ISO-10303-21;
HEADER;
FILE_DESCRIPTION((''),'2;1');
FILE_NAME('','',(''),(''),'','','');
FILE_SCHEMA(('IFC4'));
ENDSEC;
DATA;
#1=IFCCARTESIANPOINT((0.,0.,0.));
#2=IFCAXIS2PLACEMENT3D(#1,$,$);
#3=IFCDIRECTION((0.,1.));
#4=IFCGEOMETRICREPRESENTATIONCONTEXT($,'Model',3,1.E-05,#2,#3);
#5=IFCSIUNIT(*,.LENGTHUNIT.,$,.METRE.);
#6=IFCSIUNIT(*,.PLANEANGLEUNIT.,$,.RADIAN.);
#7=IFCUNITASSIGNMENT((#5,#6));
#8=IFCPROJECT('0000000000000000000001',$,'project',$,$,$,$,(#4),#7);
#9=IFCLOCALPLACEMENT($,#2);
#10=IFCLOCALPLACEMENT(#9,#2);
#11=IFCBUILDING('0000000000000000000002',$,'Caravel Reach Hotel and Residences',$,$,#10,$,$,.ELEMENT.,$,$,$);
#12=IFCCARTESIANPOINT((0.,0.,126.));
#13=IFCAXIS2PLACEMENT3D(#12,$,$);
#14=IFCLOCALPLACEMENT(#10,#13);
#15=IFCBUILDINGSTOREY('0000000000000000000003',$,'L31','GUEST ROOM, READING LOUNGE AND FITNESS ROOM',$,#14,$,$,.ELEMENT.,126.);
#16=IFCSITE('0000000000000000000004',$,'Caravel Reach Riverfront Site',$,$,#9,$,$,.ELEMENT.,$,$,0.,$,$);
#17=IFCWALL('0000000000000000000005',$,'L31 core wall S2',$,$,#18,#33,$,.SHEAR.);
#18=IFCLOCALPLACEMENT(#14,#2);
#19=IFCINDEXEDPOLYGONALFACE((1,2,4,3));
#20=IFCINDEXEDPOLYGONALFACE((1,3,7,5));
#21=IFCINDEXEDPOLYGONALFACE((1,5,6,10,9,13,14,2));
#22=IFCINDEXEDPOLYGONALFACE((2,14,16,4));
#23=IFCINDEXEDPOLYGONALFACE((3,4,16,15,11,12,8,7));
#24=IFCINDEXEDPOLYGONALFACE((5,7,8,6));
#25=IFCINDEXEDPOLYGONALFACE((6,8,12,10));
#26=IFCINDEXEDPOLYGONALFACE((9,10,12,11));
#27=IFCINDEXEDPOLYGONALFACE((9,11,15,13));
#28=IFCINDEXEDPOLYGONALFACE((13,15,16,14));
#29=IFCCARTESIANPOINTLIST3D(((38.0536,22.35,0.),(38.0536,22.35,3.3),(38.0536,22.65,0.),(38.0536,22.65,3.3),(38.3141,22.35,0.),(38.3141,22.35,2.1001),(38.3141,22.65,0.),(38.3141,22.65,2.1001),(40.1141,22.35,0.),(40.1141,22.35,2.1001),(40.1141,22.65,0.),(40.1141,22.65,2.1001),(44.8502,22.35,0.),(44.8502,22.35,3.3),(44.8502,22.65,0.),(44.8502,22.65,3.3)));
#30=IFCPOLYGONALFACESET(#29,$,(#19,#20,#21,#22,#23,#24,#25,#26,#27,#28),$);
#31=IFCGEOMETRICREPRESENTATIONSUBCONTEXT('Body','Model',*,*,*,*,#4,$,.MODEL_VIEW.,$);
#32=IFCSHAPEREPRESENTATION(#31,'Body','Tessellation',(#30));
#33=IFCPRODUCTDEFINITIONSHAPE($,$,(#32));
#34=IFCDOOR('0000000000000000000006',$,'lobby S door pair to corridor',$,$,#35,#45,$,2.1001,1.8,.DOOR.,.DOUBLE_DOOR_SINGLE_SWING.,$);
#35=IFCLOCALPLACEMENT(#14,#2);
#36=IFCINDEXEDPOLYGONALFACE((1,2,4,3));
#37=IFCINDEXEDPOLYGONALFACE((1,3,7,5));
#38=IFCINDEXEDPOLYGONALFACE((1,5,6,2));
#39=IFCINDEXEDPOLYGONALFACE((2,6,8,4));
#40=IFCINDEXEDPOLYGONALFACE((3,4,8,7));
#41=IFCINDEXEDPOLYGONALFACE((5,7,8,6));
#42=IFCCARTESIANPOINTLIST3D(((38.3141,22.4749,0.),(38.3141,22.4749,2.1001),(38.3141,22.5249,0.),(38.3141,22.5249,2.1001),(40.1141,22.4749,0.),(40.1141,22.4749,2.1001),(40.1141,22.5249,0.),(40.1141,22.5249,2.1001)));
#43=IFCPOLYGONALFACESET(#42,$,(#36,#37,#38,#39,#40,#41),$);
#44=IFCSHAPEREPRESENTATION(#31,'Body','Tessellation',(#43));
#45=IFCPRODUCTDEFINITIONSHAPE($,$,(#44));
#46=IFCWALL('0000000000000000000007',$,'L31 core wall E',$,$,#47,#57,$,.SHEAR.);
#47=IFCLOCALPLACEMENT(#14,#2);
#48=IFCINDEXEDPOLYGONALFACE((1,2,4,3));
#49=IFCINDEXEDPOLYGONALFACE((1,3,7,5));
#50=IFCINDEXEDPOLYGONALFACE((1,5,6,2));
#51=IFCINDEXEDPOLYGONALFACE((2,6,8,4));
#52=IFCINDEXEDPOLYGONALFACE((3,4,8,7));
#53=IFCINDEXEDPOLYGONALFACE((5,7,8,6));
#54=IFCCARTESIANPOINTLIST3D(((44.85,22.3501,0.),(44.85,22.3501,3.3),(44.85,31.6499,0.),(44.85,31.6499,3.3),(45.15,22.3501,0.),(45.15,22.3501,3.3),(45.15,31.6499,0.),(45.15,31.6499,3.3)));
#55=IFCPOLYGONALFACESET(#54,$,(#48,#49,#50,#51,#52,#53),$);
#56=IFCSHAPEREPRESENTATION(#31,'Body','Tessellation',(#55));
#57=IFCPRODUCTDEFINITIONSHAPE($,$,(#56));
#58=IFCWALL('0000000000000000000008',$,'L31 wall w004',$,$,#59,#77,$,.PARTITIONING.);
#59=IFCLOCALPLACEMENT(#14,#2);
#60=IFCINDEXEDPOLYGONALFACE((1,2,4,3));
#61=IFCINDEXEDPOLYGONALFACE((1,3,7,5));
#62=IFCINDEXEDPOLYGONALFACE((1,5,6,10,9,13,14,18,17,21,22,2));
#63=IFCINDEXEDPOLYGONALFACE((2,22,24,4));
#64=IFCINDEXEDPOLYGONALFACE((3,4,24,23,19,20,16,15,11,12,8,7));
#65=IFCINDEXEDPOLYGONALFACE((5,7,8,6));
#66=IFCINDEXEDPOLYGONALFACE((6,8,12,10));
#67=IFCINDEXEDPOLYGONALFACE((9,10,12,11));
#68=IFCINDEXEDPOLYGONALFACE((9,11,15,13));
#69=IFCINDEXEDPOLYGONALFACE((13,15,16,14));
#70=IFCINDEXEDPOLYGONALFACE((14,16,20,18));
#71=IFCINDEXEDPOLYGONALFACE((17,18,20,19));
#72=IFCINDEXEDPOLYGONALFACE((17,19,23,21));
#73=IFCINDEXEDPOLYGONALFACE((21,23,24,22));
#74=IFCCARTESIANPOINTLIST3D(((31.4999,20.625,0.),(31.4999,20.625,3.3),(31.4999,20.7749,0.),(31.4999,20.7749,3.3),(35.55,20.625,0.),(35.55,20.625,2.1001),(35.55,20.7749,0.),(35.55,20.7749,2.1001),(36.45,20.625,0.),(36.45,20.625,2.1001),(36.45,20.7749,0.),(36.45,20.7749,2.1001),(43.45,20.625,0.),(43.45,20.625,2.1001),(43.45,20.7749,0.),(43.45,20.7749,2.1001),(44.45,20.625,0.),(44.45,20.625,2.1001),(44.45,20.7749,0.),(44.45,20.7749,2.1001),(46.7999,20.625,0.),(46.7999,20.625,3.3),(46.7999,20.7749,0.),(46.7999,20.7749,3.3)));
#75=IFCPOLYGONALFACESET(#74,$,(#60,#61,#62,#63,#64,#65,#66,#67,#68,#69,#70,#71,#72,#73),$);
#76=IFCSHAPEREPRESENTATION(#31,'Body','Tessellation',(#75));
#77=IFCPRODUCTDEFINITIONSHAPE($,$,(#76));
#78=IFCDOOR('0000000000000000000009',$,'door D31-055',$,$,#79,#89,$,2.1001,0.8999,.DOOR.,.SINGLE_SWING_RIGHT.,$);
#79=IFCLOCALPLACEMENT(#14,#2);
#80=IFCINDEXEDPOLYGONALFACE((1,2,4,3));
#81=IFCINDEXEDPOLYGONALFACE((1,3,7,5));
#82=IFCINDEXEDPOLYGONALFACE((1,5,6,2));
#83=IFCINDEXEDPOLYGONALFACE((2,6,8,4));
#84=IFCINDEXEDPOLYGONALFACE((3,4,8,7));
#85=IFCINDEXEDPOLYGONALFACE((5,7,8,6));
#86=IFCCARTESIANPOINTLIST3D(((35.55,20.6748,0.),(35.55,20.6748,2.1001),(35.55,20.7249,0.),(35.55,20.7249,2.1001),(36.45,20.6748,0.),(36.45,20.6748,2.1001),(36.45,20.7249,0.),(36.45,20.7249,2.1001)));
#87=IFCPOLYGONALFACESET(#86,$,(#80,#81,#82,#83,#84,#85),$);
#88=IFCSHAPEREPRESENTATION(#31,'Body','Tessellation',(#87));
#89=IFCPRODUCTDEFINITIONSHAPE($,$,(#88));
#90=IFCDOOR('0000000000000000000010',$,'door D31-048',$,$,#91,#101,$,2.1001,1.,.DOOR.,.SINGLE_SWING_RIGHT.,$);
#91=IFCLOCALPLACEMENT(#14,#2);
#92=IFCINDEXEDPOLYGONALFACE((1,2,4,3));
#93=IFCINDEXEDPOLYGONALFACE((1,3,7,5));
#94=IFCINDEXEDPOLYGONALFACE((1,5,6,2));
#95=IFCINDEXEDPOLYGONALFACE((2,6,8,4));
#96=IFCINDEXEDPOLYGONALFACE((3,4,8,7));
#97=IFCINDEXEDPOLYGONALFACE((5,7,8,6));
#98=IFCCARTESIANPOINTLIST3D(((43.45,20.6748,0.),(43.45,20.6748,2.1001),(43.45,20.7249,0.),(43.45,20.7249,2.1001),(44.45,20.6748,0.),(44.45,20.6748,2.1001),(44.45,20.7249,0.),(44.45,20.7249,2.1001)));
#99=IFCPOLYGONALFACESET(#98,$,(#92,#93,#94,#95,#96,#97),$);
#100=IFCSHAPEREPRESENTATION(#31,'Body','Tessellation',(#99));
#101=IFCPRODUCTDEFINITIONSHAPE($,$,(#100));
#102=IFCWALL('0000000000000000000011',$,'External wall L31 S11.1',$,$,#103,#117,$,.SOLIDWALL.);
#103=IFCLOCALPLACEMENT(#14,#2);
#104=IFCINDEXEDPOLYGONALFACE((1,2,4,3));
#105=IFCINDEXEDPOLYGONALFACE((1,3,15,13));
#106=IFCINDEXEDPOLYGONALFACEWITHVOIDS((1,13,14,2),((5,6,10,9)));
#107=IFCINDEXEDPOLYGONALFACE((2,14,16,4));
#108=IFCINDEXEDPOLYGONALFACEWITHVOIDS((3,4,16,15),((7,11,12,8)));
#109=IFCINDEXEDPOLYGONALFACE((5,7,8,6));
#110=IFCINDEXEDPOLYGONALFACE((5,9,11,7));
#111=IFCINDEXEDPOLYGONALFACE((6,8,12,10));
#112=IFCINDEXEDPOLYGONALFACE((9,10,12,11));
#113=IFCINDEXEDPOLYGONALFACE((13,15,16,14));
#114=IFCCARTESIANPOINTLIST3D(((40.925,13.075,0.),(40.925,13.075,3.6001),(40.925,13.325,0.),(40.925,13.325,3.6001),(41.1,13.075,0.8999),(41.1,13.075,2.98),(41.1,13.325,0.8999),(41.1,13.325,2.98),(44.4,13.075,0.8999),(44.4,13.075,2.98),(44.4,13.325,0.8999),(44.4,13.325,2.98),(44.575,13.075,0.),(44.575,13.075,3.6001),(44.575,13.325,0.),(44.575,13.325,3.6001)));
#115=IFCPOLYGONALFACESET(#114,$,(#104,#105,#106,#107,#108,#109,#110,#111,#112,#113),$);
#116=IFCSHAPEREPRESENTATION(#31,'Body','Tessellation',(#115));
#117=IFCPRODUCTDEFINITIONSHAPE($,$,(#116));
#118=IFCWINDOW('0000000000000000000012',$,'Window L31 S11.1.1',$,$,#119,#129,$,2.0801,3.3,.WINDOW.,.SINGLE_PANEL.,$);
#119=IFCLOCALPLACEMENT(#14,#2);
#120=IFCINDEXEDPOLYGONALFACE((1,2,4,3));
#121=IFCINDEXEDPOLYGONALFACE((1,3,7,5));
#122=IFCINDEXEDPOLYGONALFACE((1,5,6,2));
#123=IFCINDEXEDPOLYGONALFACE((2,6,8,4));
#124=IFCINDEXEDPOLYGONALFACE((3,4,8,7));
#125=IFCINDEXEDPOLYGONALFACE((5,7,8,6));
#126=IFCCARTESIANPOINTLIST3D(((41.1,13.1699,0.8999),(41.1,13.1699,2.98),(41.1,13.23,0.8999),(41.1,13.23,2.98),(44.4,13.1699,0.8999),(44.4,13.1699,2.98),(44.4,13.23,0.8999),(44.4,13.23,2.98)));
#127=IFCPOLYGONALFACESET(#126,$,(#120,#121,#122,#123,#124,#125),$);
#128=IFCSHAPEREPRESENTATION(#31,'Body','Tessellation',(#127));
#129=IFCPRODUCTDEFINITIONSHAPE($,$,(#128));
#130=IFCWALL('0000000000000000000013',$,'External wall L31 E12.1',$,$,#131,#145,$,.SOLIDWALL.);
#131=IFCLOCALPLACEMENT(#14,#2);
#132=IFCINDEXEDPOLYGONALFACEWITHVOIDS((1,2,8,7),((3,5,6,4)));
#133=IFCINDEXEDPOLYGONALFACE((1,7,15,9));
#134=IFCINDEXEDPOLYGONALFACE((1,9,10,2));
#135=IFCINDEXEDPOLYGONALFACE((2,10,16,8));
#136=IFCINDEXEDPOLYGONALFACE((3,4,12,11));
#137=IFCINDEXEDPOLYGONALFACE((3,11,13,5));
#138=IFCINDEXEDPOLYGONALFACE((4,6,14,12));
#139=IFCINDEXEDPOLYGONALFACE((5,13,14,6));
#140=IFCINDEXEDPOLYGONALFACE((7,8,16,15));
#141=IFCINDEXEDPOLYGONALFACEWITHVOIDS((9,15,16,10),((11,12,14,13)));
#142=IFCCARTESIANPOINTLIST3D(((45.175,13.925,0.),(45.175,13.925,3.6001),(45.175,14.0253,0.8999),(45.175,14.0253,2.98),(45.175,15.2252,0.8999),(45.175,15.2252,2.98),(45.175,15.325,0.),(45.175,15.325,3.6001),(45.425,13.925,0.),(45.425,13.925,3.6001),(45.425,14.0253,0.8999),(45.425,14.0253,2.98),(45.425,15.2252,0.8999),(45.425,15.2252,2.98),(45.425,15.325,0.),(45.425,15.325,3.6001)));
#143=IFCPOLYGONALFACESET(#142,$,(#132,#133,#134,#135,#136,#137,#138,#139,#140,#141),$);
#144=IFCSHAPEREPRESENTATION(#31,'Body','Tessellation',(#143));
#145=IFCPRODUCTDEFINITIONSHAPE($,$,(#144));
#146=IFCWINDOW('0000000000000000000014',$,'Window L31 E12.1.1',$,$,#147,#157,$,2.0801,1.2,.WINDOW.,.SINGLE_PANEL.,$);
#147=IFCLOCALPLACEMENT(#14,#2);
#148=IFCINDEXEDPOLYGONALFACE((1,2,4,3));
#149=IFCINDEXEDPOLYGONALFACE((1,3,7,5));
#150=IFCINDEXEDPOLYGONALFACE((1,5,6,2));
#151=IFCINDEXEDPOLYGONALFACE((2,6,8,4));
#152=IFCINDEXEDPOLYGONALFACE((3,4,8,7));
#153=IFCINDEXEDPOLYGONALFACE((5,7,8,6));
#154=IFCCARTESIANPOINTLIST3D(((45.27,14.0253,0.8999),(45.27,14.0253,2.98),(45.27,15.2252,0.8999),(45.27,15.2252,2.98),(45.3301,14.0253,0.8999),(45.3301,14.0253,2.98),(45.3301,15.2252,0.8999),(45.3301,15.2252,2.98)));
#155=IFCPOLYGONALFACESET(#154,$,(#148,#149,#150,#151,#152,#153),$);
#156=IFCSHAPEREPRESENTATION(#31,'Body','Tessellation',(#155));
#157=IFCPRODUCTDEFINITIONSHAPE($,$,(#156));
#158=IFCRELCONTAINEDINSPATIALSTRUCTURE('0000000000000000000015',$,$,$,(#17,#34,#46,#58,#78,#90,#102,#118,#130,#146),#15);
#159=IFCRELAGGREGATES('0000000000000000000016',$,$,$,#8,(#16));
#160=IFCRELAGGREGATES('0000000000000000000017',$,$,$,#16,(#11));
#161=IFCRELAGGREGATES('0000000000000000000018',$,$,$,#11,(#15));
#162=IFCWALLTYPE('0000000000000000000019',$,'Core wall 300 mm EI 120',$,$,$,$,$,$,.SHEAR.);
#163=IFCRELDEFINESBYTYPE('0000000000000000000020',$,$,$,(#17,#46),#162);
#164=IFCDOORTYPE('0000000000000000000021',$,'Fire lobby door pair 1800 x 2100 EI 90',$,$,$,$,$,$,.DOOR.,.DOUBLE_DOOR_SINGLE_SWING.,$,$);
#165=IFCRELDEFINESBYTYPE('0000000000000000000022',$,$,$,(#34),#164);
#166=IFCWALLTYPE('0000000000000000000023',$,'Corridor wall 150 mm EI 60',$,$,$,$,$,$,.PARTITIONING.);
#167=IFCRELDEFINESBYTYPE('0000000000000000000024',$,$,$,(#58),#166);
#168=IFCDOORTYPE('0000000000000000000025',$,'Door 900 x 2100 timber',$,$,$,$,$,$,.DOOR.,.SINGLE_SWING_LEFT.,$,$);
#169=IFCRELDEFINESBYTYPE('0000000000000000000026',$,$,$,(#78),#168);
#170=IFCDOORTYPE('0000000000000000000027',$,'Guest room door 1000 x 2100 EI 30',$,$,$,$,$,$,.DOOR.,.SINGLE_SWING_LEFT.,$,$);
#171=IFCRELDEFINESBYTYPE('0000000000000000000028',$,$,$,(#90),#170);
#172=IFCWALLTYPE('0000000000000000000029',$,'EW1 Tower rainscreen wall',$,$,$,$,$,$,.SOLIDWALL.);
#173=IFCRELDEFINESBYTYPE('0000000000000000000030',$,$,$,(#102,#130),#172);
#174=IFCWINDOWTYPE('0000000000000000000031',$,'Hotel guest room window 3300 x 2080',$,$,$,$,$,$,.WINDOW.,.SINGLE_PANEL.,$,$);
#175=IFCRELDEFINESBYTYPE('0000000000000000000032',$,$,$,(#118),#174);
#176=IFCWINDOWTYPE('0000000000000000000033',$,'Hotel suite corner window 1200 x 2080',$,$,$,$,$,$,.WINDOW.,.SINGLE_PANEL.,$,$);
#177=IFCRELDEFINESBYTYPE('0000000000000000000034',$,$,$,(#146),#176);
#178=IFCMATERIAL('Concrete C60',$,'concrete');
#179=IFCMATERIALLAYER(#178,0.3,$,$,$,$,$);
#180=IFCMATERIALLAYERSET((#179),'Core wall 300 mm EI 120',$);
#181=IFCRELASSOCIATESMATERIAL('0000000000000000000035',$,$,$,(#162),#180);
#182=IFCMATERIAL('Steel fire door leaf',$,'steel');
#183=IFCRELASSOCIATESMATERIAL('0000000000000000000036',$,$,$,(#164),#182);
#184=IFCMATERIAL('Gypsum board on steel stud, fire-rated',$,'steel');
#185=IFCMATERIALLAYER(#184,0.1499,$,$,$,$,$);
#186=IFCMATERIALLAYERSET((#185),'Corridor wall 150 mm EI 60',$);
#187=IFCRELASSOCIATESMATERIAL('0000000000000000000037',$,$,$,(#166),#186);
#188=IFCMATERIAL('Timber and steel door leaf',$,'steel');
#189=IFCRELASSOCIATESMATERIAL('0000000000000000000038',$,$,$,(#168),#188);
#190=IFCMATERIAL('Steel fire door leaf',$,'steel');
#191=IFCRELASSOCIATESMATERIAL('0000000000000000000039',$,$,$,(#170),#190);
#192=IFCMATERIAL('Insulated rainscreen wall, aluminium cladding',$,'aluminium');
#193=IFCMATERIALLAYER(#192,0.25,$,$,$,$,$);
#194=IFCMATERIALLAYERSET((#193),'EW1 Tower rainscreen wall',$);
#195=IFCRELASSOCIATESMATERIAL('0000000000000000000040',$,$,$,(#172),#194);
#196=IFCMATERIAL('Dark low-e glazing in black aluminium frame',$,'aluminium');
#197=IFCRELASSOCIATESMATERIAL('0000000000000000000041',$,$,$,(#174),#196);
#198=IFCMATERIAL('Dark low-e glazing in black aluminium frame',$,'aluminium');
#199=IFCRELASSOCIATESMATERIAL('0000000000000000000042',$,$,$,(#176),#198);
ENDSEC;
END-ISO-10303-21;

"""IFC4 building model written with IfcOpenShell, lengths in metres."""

from ifc_helpers import new_model, si_unit, direction, frame, frame_2d, origin, place, context, subcontext, project, spatial, rectangle, extrude, material, layer, layer_set, type_object, element, fill, save


model = new_model("IFC4")

# Units and contexts
model_context = context("Model", 3, precision=1e-05, world=origin(), true_north=direction((0.0, 1.0)))
body_context = subcontext(model_context, "Body", "Model", "MODEL_VIEW")
ifc_project = project(units=[si_unit("LENGTHUNIT", "METRE"), si_unit("PLANEANGLEUNIT", "RADIAN")], contexts=[model_context])

# Site, building, storey
site_placement = place(None, origin())
site = spatial("IfcSite", under=ifc_project, at=site_placement, Name="Caravel Reach Riverfront Site", CompositionType="ELEMENT", RefElevation=0.0)
building_placement = place(site_placement, origin())
building = spatial("IfcBuilding", under=site, at=building_placement, Name="Caravel Reach Hotel and Residences", CompositionType="ELEMENT")
storey_placement = place(building_placement, frame((0.0, 0.0, 126.0)))
storey = spatial("IfcBuildingStorey", under=building, at=storey_placement, Name="L31", Description="GUEST ROOM, READING LOUNGE AND FITNESS ROOM", CompositionType="ELEMENT", Elevation=126.0)

# Wall, opening, door
ifc_material_1 = material(Name="Concrete C60", Category="concrete")
ifc_layer_1 = layer(ifc_material_1, 0.3)
ifc_layer_set_1 = layer_set([ifc_layer_1], Name="Core wall 300 mm EI 120")
wall_type_1 = type_object("IfcWallType", Name="Core wall 300 mm EI 120", PredefinedType="SHEAR", material=ifc_layer_set_1)
wall_1_placement = place(storey_placement, frame((38.0535, 22.5, 0.0), z_axis=(0.0, 0.0, 1.0), x_axis=(1.0, 0.0, 0.0)))
wall_1 = element("IfcWall", 1, at=wall_1_placement, inside=storey, type_object=wall_type_1, Name="L31 core wall S2", PredefinedType="SHEAR", context=body_context, shape_type="SweptSolid", body=[
    extrude(rectangle(XDim=6.7966, YDim=0.3, at=frame_2d((3.3984, 0.0))), origin(), (0.0, 0.0, 1.0), 3.3),
])
opening_1_placement = place(wall_1_placement, frame((0.2607, 0.0, 0.0)))
opening_1 = element("IfcOpeningElement", 2, at=opening_1_placement, cuts=wall_1, PredefinedType="OPENING", context=body_context, shape_type="SweptSolid", body=[
    extrude(rectangle(XDim=1.8, YDim=2.1001, at=frame_2d((0.8999, 1.05))), frame((0.0, 0.1599, 0.0), z_axis=(0.0, -1.0, 0.0), x_axis=(1.0, 0.0, 0.0)), (0.0, 0.0, 1.0), 0.3201),
])
ifc_material_2 = material(Name="Steel fire door leaf", Category="steel")
door_type_1 = type_object("IfcDoorType", Name="Fire lobby door pair 1800 x 2100 EI 90", OperationType="DOUBLE_DOOR_SINGLE_SWING", PredefinedType="DOOR", material=ifc_material_2)
door_1_placement = place(opening_1_placement, origin())
door_1 = element("IfcDoor", 3, at=door_1_placement, inside=storey, type_object=door_type_1, Name="lobby S door pair to corridor", OperationType="DOUBLE_DOOR_SINGLE_SWING", OverallHeight=2.1001, OverallWidth=1.8, PredefinedType="DOOR", context=body_context, shape_type="SweptSolid", body=[
    extrude(rectangle(XDim=1.8, YDim=2.1001, at=frame_2d((0.8999, 1.05))), frame((0.0, 0.0249, 0.0), z_axis=(0.0, -1.0, 0.0), x_axis=(1.0, 0.0, 0.0)), (0.0, 0.0, 1.0), 0.05),
])
fill(opening_1, door_1)

# Wall
wall_2_placement = place(storey_placement, frame((45.0, 22.3501, 0.0), z_axis=(0.0, 0.0, 1.0), x_axis=(0.0, 1.0, 0.0)))
element("IfcWall", 4, at=wall_2_placement, inside=storey, type_object=wall_type_1, Name="L31 core wall E", PredefinedType="SHEAR", context=body_context, shape_type="SweptSolid", body=[
    extrude(rectangle(XDim=9.2998, YDim=0.3, at=frame_2d((4.6499, 0.0))), origin(), (0.0, 0.0, 1.0), 3.3),
])

# Wall, openings, doors
ifc_material_3 = material(Name="Gypsum board on steel stud, fire-rated", Category="steel")
ifc_layer_2 = layer(ifc_material_3, 0.1499)
ifc_layer_set_2 = layer_set([ifc_layer_2], Name="Corridor wall 150 mm EI 60")
wall_type_2 = type_object("IfcWallType", Name="Corridor wall 150 mm EI 60", PredefinedType="PARTITIONING", material=ifc_layer_set_2)
wall_3_placement = place(storey_placement, frame((31.5, 20.7, 0.0), z_axis=(0.0, 0.0, 1.0), x_axis=(1.0, 0.0, 0.0)))
wall_3 = element("IfcWall", 5, at=wall_3_placement, inside=storey, type_object=wall_type_2, Name="L31 wall w004", PredefinedType="PARTITIONING", context=body_context, shape_type="SweptSolid", body=[
    extrude(rectangle(XDim=15.3, YDim=0.1499, at=frame_2d((7.6499, 0.0))), origin(), (0.0, 0.0, 1.0), 3.3),
])
opening_2_placement = place(wall_3_placement, frame((11.95, 0.0, 0.0)))
opening_2 = element("IfcOpeningElement", 6, at=opening_2_placement, cuts=wall_3, PredefinedType="OPENING", context=body_context, shape_type="SweptSolid", body=[
    extrude(rectangle(XDim=1.0, YDim=2.1001, at=frame_2d((0.5, 1.05))), frame((0.0, 0.085, 0.0), z_axis=(0.0, -1.0, 0.0), x_axis=(1.0, 0.0, 0.0)), (0.0, 0.0, 1.0), 0.1699),
])
opening_3_placement = place(wall_3_placement, frame((4.05, 0.0, 0.0)))
opening_3 = element("IfcOpeningElement", 7, at=opening_3_placement, cuts=wall_3, PredefinedType="OPENING", context=body_context, shape_type="SweptSolid", body=[
    extrude(rectangle(XDim=0.8999, YDim=2.1001, at=frame_2d((0.45, 1.05))), frame((0.0, 0.085, 0.0), z_axis=(0.0, -1.0, 0.0), x_axis=(1.0, 0.0, 0.0)), (0.0, 0.0, 1.0), 0.1699),
])
ifc_material_4 = material(Name="Timber and steel door leaf", Category="steel")
door_type_2 = type_object("IfcDoorType", Name="Door 900 x 2100 timber", OperationType="SINGLE_SWING_LEFT", PredefinedType="DOOR", material=ifc_material_4)
door_2_placement = place(opening_3_placement, origin())
door_2 = element("IfcDoor", 8, at=door_2_placement, inside=storey, type_object=door_type_2, Name="door D31-055", OperationType="SINGLE_SWING_RIGHT", OverallHeight=2.1001, OverallWidth=0.8999, PredefinedType="DOOR", context=body_context, shape_type="SweptSolid", body=[
    extrude(rectangle(XDim=0.8999, YDim=2.1001, at=frame_2d((0.45, 1.05))), frame((0.0, 0.0249, 0.0), z_axis=(0.0, -1.0, 0.0), x_axis=(1.0, 0.0, 0.0)), (0.0, 0.0, 1.0), 0.05),
])
fill(opening_3, door_2)
ifc_material_5 = material(Name="Steel fire door leaf", Category="steel")
door_type_3 = type_object("IfcDoorType", Name="Guest room door 1000 x 2100 EI 30", OperationType="SINGLE_SWING_LEFT", PredefinedType="DOOR", material=ifc_material_5)
door_3_placement = place(opening_2_placement, origin())
door_3 = element("IfcDoor", 9, at=door_3_placement, inside=storey, type_object=door_type_3, Name="door D31-048", OperationType="SINGLE_SWING_RIGHT", OverallHeight=2.1001, OverallWidth=1.0, PredefinedType="DOOR", context=body_context, shape_type="SweptSolid", body=[
    extrude(rectangle(XDim=1.0, YDim=2.1001, at=frame_2d((0.5, 1.05))), frame((0.0, 0.0249, 0.0), z_axis=(0.0, -1.0, 0.0), x_axis=(1.0, 0.0, 0.0)), (0.0, 0.0, 1.0), 0.05),
])
fill(opening_2, door_3)

# Walls, openings, windows
ifc_material_6 = material(Name="Insulated rainscreen wall, aluminium cladding", Category="aluminium")
ifc_layer_3 = layer(ifc_material_6, 0.25)
ifc_layer_set_3 = layer_set([ifc_layer_3], Name="EW1 Tower rainscreen wall")
wall_type_3 = type_object("IfcWallType", Name="EW1 Tower rainscreen wall", PredefinedType="SOLIDWALL", material=ifc_layer_set_3)
wall_4_placement = place(storey_placement, frame((40.925, 13.2, 0.0), z_axis=(0.0, 0.0, 1.0), x_axis=(1.0, 0.0, 0.0)))
wall_4 = element("IfcWall", 10, at=wall_4_placement, inside=storey, type_object=wall_type_3, Name="External wall L31 S11.1", PredefinedType="SOLIDWALL", context=body_context, shape_type="SweptSolid", body=[
    extrude(rectangle(XDim=3.6499, YDim=0.25, at=frame_2d((1.825, 0.0))), origin(), (0.0, 0.0, 1.0), 3.6001),
])
opening_4_placement = place(wall_4_placement, frame((0.175, 0.0, 0.8999)))
opening_4 = element("IfcOpeningElement", 11, at=opening_4_placement, cuts=wall_4, PredefinedType="OPENING", context=body_context, shape_type="SweptSolid", body=[
    extrude(rectangle(XDim=3.3, YDim=2.0801, at=frame_2d((1.6499, 1.04))), frame((0.0, 0.135, 0.0), z_axis=(0.0, -1.0, 0.0), x_axis=(1.0, 0.0, 0.0)), (0.0, 0.0, 1.0), 0.27),
])
ifc_material_7 = material(Name="Dark low-e glazing in black aluminium frame", Category="aluminium")
window_type_1 = type_object("IfcWindowType", Name="Hotel guest room window 3300 x 2080", PartitioningType="SINGLE_PANEL", PredefinedType="WINDOW", material=ifc_material_7)
window_1_placement = place(opening_4_placement, origin())
window_1 = element("IfcWindow", 12, at=window_1_placement, inside=storey, type_object=window_type_1, Name="Window L31 S11.1.1", OverallHeight=2.0801, OverallWidth=3.3, PartitioningType="SINGLE_PANEL", PredefinedType="WINDOW", context=body_context, shape_type="SweptSolid", body=[
    extrude(rectangle(XDim=3.3, YDim=2.0801, at=frame_2d((1.6499, 1.04))), frame((0.0, 0.03, 0.0), z_axis=(0.0, -1.0, 0.0), x_axis=(1.0, 0.0, 0.0)), (0.0, 0.0, 1.0), 0.0601),
])
fill(opening_4, window_1)
wall_5_placement = place(storey_placement, frame((45.3, 13.925, 0.0), z_axis=(0.0, 0.0, 1.0), x_axis=(0.0, 1.0, 0.0)))
wall_5 = element("IfcWall", 13, at=wall_5_placement, inside=storey, type_object=wall_type_3, Name="External wall L31 E12.1", PredefinedType="SOLIDWALL", context=body_context, shape_type="SweptSolid", body=[
    extrude(rectangle(XDim=1.3999, YDim=0.25, at=frame_2d((0.7, 0.0))), origin(), (0.0, 0.0, 1.0), 3.6001),
])
opening_5_placement = place(wall_5_placement, frame((0.1001, 0.0, 0.8999)))
opening_5 = element("IfcOpeningElement", 14, at=opening_5_placement, cuts=wall_5, PredefinedType="OPENING", context=body_context, shape_type="SweptSolid", body=[
    extrude(rectangle(XDim=1.2, YDim=2.0801, at=frame_2d((0.6001, 1.04))), frame((0.0, 0.135, 0.0), z_axis=(0.0, -1.0, 0.0), x_axis=(1.0, 0.0, 0.0)), (0.0, 0.0, 1.0), 0.27),
])
ifc_material_8 = material(Name="Dark low-e glazing in black aluminium frame", Category="aluminium")
window_type_2 = type_object("IfcWindowType", Name="Hotel suite corner window 1200 x 2080", PartitioningType="SINGLE_PANEL", PredefinedType="WINDOW", material=ifc_material_8)
window_2_placement = place(opening_5_placement, origin())
window_2 = element("IfcWindow", 15, at=window_2_placement, inside=storey, type_object=window_type_2, Name="Window L31 E12.1.1", OverallHeight=2.0801, OverallWidth=1.2, PartitioningType="SINGLE_PANEL", PredefinedType="WINDOW", context=body_context, shape_type="SweptSolid", body=[
    extrude(rectangle(XDim=1.2, YDim=2.0801, at=frame_2d((0.6001, 1.04))), frame((0.0, 0.03, 0.0), z_axis=(0.0, -1.0, 0.0), x_axis=(1.0, 0.0, 0.0)), (0.0, 0.0, 1.0), 0.0601),
])
fill(opening_5, window_2)

save(model, "model.ifc")
